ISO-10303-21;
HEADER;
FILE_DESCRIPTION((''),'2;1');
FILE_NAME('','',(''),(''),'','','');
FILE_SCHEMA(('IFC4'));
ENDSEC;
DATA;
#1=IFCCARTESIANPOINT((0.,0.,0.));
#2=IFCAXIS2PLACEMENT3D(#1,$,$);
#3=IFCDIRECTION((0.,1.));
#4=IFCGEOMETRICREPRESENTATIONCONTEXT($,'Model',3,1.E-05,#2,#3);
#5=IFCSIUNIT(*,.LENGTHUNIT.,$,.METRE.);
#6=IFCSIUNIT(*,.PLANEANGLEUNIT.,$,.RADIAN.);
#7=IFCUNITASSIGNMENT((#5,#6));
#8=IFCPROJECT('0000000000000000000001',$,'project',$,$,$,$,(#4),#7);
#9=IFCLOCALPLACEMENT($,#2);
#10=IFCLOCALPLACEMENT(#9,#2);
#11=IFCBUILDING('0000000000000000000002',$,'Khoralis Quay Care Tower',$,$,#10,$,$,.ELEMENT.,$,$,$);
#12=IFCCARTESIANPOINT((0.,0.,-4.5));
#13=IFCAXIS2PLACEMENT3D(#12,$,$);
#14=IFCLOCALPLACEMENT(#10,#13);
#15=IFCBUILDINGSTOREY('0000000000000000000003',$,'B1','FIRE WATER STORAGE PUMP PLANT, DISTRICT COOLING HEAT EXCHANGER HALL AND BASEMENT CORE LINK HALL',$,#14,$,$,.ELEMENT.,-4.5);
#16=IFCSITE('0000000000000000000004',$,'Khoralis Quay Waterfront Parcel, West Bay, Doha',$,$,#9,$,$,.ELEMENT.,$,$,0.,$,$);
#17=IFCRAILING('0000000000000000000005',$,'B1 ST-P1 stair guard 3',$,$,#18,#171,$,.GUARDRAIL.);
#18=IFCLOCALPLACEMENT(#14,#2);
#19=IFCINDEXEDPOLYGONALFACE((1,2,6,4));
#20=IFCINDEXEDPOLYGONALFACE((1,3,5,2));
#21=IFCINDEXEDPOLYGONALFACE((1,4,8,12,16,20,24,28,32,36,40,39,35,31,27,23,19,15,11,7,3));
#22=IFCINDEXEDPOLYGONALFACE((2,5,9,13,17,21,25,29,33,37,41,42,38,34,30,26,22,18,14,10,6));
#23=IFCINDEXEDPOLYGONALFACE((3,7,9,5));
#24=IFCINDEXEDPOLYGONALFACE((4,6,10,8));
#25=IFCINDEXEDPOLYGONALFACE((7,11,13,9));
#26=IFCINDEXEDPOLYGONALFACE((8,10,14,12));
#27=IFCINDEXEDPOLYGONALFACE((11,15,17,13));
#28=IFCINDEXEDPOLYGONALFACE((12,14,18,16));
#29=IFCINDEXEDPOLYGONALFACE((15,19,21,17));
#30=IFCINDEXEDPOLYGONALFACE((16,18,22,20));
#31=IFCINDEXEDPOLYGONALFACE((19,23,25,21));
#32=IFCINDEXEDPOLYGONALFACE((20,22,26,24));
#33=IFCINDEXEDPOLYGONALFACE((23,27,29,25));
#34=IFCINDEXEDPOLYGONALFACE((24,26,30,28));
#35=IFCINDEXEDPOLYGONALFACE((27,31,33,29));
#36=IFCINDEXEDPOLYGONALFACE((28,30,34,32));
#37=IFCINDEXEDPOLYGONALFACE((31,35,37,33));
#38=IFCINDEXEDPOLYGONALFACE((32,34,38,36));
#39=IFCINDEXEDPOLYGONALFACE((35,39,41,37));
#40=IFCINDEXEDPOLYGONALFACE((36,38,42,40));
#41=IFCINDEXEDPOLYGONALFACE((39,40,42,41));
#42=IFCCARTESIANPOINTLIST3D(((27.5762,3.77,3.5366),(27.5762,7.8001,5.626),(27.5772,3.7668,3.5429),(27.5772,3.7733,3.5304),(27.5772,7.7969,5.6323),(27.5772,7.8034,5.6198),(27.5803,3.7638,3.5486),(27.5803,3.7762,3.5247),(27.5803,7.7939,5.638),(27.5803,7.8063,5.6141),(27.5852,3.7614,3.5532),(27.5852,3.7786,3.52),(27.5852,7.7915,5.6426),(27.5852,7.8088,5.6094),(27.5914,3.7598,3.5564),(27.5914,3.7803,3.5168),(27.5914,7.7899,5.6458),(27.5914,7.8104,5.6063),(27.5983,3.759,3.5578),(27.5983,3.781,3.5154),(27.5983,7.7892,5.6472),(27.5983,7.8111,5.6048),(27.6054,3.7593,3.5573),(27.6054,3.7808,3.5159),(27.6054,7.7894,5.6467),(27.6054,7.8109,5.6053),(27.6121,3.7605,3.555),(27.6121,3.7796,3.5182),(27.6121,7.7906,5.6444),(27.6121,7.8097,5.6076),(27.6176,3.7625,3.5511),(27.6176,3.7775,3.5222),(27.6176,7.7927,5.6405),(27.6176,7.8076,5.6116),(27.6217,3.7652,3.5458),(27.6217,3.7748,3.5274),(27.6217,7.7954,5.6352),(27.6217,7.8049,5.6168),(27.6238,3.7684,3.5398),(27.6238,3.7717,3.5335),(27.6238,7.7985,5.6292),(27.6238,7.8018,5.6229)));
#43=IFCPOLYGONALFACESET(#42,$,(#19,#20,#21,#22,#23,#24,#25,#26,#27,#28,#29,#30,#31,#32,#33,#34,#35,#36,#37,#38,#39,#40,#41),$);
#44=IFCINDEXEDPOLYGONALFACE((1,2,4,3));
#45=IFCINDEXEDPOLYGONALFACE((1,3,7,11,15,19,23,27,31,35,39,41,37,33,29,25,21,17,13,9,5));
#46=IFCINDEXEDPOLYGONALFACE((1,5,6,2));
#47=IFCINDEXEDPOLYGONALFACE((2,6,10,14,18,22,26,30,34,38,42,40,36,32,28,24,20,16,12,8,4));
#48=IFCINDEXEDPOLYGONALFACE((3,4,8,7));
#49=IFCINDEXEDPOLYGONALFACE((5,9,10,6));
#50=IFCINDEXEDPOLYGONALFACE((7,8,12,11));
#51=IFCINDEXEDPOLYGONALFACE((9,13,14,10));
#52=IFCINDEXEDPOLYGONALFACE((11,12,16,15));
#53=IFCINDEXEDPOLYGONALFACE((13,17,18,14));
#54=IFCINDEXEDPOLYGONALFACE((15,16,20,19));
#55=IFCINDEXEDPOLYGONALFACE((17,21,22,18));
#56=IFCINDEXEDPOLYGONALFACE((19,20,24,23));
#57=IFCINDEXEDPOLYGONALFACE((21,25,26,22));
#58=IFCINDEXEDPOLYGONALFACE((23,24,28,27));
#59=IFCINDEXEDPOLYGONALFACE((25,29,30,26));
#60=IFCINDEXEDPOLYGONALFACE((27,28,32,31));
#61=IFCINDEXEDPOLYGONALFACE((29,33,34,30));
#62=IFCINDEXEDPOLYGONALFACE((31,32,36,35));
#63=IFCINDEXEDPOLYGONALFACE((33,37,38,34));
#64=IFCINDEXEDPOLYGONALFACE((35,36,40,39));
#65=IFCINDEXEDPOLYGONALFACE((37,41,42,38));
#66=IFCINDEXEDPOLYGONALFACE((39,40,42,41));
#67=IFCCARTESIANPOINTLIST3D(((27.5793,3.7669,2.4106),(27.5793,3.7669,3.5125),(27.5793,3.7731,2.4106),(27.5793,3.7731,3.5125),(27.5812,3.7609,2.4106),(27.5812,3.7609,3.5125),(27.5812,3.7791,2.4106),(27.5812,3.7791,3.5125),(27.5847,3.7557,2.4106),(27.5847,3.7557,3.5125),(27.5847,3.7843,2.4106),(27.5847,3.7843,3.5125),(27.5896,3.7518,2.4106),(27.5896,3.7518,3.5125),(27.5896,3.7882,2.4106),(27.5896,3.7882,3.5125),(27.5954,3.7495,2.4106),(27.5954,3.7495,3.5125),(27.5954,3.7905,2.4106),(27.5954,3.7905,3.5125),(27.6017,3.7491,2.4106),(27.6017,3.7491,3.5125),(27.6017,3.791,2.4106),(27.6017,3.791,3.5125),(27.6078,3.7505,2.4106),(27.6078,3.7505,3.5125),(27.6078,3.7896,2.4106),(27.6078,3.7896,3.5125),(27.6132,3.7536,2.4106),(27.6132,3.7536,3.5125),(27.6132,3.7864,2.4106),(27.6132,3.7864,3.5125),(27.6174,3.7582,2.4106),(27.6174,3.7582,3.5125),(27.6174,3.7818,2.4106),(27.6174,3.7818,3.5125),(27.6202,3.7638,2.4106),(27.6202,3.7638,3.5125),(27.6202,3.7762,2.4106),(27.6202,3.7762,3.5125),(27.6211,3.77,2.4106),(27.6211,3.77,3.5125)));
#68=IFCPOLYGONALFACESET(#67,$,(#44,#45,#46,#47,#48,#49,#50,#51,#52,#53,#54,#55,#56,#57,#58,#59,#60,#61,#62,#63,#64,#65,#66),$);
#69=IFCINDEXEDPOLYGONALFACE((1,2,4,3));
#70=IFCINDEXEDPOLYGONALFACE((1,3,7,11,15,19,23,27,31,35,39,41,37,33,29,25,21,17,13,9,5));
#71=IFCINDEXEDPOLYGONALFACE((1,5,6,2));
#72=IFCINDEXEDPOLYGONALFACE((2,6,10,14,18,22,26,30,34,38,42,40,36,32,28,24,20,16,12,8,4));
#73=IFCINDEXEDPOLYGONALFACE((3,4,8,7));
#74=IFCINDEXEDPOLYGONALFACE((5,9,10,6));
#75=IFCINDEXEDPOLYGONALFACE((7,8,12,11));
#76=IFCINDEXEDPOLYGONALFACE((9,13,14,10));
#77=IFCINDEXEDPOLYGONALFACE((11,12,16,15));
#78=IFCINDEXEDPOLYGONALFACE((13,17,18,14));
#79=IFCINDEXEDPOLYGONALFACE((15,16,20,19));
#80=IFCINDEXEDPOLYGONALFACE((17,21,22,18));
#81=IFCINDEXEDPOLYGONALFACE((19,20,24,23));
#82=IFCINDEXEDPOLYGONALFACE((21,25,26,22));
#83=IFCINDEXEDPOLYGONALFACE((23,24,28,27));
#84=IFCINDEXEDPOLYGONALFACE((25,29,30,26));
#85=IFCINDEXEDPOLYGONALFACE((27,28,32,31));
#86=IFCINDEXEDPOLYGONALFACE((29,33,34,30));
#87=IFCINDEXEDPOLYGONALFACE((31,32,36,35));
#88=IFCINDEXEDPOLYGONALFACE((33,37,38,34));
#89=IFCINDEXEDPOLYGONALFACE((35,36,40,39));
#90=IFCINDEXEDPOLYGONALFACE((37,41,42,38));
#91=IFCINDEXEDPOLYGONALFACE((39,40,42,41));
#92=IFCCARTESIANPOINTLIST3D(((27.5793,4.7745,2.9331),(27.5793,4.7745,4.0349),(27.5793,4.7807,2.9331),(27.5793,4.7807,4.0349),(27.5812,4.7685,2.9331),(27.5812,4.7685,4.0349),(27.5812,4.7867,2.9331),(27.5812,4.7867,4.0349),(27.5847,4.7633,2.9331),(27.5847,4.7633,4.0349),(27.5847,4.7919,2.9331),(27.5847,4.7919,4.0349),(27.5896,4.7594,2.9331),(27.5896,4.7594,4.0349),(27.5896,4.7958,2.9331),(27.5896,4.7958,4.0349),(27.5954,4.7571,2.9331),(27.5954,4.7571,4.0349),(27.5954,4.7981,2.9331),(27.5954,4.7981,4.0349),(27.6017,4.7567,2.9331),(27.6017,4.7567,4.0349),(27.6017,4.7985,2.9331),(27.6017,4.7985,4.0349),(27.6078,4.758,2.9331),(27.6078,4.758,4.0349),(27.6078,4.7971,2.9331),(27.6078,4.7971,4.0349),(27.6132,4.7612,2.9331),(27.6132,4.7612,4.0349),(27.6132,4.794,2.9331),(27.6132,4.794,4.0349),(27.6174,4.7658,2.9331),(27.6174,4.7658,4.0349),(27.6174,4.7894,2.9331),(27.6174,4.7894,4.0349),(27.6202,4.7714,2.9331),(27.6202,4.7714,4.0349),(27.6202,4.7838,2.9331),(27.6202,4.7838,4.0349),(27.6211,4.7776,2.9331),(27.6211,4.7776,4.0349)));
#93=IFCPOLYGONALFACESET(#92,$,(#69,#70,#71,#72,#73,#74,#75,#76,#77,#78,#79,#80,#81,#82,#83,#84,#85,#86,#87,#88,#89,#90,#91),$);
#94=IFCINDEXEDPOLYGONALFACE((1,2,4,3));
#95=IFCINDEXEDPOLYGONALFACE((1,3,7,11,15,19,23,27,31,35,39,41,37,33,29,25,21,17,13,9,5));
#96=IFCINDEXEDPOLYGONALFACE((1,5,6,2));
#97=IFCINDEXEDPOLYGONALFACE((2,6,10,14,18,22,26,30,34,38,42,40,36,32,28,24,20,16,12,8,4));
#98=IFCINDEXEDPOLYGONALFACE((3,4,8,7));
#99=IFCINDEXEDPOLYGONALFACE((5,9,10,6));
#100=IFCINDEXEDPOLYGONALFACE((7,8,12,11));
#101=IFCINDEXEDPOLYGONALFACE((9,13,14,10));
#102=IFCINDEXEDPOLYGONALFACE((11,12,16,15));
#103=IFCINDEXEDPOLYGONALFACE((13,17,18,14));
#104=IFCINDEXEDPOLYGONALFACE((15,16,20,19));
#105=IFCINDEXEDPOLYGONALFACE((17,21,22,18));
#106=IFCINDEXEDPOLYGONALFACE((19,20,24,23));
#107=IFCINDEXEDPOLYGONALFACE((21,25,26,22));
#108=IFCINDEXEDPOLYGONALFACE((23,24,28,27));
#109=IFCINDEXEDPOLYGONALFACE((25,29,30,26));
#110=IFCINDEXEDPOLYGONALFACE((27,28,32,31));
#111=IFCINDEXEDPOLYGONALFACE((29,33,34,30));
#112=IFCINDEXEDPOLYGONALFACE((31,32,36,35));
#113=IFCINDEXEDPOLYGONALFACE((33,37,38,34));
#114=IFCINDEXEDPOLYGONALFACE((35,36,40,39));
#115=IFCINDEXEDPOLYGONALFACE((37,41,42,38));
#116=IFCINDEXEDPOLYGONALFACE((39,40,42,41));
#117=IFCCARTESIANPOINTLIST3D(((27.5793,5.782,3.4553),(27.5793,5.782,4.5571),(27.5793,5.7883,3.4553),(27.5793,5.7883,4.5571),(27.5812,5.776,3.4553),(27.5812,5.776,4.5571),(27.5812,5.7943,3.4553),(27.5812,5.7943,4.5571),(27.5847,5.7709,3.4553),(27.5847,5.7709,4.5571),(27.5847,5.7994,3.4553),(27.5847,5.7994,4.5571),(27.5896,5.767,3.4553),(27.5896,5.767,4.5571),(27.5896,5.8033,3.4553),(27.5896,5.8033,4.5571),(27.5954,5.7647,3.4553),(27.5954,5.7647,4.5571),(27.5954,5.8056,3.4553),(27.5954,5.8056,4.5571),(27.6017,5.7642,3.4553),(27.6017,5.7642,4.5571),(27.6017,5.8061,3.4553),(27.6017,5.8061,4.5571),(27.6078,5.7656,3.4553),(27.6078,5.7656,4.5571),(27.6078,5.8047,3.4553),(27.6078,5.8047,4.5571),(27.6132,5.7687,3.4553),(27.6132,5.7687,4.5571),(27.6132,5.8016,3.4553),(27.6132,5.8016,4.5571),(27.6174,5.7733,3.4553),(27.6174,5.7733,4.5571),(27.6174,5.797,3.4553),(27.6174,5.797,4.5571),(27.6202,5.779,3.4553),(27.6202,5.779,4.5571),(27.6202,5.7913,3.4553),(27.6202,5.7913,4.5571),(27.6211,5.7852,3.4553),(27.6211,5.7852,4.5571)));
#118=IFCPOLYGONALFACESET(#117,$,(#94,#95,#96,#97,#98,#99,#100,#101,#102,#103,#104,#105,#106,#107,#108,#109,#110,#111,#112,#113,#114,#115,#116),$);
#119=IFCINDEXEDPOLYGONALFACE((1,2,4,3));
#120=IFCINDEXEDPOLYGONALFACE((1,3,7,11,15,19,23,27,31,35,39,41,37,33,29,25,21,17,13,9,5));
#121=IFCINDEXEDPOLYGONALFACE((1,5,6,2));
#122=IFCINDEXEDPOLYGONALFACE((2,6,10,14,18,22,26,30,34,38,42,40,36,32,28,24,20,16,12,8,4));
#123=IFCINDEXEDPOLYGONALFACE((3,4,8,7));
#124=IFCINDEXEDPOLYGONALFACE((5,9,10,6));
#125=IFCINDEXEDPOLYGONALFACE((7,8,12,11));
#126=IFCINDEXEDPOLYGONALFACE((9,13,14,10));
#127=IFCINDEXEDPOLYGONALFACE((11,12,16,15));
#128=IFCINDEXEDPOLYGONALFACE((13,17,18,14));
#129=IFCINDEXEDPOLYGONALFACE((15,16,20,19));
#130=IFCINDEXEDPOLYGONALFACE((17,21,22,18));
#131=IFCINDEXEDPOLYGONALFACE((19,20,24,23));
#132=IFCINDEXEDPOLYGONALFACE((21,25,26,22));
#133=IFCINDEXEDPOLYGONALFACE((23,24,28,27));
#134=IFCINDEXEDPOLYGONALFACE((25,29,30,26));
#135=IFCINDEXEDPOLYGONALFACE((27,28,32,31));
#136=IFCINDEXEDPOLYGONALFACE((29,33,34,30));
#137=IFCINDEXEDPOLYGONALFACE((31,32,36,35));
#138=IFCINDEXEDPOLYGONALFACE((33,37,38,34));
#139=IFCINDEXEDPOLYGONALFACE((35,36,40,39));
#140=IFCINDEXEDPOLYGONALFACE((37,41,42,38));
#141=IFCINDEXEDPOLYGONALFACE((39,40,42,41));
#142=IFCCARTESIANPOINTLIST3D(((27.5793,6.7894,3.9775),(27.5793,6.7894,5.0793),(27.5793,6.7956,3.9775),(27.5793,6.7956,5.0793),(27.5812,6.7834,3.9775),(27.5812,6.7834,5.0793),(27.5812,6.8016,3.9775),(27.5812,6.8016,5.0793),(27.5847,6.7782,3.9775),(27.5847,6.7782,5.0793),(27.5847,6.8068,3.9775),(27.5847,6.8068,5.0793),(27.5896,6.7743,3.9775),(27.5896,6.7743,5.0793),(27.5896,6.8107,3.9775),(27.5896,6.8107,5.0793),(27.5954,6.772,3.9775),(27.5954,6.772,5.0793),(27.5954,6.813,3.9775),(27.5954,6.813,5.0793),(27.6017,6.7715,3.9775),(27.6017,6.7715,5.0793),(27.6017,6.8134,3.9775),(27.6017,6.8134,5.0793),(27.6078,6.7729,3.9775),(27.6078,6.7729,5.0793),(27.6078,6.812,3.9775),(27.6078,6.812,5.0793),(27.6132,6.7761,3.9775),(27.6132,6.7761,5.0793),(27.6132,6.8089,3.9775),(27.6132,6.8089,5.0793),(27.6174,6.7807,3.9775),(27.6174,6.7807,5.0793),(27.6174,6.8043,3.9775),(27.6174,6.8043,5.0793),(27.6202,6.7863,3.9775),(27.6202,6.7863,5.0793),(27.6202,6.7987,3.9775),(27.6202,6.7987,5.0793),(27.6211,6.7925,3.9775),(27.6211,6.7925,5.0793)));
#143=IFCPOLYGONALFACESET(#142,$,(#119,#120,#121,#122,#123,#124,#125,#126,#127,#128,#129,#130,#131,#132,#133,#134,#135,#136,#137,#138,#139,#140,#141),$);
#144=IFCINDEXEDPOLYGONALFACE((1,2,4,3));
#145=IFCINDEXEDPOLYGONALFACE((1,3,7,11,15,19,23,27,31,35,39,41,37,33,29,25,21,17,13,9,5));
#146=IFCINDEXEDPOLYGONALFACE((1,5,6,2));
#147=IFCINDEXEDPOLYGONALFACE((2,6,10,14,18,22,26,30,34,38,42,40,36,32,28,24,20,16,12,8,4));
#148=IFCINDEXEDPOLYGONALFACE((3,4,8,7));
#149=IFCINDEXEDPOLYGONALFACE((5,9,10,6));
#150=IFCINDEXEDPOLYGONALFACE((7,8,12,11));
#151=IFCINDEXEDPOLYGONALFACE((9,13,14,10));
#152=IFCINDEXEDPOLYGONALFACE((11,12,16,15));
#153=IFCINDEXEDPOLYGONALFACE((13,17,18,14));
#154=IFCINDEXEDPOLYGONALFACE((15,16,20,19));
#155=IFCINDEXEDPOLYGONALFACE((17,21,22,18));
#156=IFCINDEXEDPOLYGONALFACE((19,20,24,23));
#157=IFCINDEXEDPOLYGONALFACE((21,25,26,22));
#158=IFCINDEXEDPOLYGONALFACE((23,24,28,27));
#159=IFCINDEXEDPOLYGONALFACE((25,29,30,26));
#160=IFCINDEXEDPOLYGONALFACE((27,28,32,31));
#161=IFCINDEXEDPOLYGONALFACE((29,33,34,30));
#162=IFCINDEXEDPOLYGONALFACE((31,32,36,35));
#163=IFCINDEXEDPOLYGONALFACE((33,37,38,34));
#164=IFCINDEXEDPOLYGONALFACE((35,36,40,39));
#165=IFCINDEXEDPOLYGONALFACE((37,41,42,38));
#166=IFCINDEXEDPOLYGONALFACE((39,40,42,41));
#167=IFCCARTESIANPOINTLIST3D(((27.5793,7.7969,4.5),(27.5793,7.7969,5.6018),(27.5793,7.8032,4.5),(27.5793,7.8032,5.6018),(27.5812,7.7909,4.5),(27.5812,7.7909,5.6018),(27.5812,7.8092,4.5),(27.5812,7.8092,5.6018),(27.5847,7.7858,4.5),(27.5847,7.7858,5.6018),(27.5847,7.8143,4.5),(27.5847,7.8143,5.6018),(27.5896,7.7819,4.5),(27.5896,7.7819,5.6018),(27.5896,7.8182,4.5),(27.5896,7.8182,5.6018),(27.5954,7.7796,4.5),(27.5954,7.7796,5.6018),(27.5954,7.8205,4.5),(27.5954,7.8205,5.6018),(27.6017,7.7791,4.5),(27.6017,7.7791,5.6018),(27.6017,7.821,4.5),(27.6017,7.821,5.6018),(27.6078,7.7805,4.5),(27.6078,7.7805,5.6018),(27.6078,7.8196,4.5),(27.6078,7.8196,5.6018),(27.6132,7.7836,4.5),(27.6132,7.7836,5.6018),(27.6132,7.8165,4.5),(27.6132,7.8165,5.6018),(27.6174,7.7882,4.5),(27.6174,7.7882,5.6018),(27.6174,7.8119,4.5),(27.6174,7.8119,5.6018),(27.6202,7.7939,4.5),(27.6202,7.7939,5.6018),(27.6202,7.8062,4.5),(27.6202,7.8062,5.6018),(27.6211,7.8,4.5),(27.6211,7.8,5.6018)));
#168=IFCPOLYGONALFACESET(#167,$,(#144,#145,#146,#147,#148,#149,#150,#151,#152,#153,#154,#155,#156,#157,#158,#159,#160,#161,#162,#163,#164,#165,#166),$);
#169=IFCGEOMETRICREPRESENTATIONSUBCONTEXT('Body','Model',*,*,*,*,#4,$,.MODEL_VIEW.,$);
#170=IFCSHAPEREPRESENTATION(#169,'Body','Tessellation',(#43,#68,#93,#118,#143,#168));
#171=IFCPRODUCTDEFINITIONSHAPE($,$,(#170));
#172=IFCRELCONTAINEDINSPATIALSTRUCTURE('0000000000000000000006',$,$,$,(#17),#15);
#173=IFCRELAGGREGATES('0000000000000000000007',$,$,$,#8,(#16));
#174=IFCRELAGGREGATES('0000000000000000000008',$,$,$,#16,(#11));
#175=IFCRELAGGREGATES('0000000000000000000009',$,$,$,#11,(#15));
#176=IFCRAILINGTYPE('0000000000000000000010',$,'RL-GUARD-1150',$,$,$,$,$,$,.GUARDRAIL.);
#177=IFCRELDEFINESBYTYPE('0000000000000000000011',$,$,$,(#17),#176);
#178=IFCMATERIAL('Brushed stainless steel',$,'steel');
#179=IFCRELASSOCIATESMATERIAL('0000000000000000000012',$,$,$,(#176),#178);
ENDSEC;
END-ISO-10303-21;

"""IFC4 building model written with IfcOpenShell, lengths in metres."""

from ifc_helpers import new_model, si_unit, direction, frame, origin, origin_2d, place, context, subcontext, project, spatial, circle, extrude, material, type_object, element, save


model = new_model("IFC4")

# Units and contexts
model_context = context("Model", 3, precision=1e-05, world=origin(), true_north=direction((0.0, 1.0)))
body_context = subcontext(model_context, "Body", "Model", "MODEL_VIEW")
ifc_project = project(units=[si_unit("LENGTHUNIT", "METRE"), si_unit("PLANEANGLEUNIT", "RADIAN")], contexts=[model_context])

# Site, building, storey
site_placement = place(None, origin())
site = spatial("IfcSite", under=ifc_project, at=site_placement, Name="Khoralis Quay Waterfront Parcel, West Bay, Doha", CompositionType="ELEMENT", RefElevation=0.0)
building_placement = place(site_placement, origin())
building = spatial("IfcBuilding", under=site, at=building_placement, Name="Khoralis Quay Care Tower", CompositionType="ELEMENT")
storey_placement = place(building_placement, frame((0.0, 0.0, -4.5)))
storey = spatial("IfcBuildingStorey", under=building, at=storey_placement, Name="B1", Description="FIRE WATER STORAGE PUMP PLANT, DISTRICT COOLING HEAT EXCHANGER HALL AND BASEMENT CORE LINK HALL", CompositionType="ELEMENT", Elevation=-4.5)

# Railing
ifc_material_1 = material(Name="Brushed stainless steel", Category="steel")
railing_type_1 = type_object("IfcRailingType", Name="RL-GUARD-1150", PredefinedType="GUARDRAIL", material=ifc_material_1)
railing_1_placement = place(storey_placement, frame((27.6001, 3.77, 2.4106)))
element("IfcRailing", 1, at=railing_1_placement, inside=storey, type_object=railing_type_1, Name="B1 ST-P1 stair guard 3", PredefinedType="GUARDRAIL", context=body_context, shape_type="SweptSolid", body=[
    extrude(circle(Radius=0.0239, at=origin_2d()), frame((0.0, 0.0, 1.126), z_axis=(0.0, 0.887781, 0.460267), x_axis=(-1.0, 0.0, 0.0)), (0.0, 0.0, 1.0), 4.5396),
    extrude(circle(Radius=0.021, at=origin_2d()), origin(), (0.0, 0.0, 1.0), 1.1018),
    extrude(circle(Radius=0.021, at=origin_2d()), frame((0.0, 1.0076, 0.5225)), (0.0, 0.0, 1.0), 1.1018),
    extrude(circle(Radius=0.021, at=origin_2d()), frame((0.0, 2.0151, 1.0447)), (0.0, 0.0, 1.0), 1.1018),
    extrude(circle(Radius=0.021, at=origin_2d()), frame((0.0, 3.0225, 1.5669)), (0.0, 0.0, 1.0), 1.1018),
    extrude(circle(Radius=0.021, at=origin_2d()), frame((0.0, 4.03, 2.0894)), (0.0, 0.0, 1.0), 1.1018),
])

save(model, "model.ifc")
